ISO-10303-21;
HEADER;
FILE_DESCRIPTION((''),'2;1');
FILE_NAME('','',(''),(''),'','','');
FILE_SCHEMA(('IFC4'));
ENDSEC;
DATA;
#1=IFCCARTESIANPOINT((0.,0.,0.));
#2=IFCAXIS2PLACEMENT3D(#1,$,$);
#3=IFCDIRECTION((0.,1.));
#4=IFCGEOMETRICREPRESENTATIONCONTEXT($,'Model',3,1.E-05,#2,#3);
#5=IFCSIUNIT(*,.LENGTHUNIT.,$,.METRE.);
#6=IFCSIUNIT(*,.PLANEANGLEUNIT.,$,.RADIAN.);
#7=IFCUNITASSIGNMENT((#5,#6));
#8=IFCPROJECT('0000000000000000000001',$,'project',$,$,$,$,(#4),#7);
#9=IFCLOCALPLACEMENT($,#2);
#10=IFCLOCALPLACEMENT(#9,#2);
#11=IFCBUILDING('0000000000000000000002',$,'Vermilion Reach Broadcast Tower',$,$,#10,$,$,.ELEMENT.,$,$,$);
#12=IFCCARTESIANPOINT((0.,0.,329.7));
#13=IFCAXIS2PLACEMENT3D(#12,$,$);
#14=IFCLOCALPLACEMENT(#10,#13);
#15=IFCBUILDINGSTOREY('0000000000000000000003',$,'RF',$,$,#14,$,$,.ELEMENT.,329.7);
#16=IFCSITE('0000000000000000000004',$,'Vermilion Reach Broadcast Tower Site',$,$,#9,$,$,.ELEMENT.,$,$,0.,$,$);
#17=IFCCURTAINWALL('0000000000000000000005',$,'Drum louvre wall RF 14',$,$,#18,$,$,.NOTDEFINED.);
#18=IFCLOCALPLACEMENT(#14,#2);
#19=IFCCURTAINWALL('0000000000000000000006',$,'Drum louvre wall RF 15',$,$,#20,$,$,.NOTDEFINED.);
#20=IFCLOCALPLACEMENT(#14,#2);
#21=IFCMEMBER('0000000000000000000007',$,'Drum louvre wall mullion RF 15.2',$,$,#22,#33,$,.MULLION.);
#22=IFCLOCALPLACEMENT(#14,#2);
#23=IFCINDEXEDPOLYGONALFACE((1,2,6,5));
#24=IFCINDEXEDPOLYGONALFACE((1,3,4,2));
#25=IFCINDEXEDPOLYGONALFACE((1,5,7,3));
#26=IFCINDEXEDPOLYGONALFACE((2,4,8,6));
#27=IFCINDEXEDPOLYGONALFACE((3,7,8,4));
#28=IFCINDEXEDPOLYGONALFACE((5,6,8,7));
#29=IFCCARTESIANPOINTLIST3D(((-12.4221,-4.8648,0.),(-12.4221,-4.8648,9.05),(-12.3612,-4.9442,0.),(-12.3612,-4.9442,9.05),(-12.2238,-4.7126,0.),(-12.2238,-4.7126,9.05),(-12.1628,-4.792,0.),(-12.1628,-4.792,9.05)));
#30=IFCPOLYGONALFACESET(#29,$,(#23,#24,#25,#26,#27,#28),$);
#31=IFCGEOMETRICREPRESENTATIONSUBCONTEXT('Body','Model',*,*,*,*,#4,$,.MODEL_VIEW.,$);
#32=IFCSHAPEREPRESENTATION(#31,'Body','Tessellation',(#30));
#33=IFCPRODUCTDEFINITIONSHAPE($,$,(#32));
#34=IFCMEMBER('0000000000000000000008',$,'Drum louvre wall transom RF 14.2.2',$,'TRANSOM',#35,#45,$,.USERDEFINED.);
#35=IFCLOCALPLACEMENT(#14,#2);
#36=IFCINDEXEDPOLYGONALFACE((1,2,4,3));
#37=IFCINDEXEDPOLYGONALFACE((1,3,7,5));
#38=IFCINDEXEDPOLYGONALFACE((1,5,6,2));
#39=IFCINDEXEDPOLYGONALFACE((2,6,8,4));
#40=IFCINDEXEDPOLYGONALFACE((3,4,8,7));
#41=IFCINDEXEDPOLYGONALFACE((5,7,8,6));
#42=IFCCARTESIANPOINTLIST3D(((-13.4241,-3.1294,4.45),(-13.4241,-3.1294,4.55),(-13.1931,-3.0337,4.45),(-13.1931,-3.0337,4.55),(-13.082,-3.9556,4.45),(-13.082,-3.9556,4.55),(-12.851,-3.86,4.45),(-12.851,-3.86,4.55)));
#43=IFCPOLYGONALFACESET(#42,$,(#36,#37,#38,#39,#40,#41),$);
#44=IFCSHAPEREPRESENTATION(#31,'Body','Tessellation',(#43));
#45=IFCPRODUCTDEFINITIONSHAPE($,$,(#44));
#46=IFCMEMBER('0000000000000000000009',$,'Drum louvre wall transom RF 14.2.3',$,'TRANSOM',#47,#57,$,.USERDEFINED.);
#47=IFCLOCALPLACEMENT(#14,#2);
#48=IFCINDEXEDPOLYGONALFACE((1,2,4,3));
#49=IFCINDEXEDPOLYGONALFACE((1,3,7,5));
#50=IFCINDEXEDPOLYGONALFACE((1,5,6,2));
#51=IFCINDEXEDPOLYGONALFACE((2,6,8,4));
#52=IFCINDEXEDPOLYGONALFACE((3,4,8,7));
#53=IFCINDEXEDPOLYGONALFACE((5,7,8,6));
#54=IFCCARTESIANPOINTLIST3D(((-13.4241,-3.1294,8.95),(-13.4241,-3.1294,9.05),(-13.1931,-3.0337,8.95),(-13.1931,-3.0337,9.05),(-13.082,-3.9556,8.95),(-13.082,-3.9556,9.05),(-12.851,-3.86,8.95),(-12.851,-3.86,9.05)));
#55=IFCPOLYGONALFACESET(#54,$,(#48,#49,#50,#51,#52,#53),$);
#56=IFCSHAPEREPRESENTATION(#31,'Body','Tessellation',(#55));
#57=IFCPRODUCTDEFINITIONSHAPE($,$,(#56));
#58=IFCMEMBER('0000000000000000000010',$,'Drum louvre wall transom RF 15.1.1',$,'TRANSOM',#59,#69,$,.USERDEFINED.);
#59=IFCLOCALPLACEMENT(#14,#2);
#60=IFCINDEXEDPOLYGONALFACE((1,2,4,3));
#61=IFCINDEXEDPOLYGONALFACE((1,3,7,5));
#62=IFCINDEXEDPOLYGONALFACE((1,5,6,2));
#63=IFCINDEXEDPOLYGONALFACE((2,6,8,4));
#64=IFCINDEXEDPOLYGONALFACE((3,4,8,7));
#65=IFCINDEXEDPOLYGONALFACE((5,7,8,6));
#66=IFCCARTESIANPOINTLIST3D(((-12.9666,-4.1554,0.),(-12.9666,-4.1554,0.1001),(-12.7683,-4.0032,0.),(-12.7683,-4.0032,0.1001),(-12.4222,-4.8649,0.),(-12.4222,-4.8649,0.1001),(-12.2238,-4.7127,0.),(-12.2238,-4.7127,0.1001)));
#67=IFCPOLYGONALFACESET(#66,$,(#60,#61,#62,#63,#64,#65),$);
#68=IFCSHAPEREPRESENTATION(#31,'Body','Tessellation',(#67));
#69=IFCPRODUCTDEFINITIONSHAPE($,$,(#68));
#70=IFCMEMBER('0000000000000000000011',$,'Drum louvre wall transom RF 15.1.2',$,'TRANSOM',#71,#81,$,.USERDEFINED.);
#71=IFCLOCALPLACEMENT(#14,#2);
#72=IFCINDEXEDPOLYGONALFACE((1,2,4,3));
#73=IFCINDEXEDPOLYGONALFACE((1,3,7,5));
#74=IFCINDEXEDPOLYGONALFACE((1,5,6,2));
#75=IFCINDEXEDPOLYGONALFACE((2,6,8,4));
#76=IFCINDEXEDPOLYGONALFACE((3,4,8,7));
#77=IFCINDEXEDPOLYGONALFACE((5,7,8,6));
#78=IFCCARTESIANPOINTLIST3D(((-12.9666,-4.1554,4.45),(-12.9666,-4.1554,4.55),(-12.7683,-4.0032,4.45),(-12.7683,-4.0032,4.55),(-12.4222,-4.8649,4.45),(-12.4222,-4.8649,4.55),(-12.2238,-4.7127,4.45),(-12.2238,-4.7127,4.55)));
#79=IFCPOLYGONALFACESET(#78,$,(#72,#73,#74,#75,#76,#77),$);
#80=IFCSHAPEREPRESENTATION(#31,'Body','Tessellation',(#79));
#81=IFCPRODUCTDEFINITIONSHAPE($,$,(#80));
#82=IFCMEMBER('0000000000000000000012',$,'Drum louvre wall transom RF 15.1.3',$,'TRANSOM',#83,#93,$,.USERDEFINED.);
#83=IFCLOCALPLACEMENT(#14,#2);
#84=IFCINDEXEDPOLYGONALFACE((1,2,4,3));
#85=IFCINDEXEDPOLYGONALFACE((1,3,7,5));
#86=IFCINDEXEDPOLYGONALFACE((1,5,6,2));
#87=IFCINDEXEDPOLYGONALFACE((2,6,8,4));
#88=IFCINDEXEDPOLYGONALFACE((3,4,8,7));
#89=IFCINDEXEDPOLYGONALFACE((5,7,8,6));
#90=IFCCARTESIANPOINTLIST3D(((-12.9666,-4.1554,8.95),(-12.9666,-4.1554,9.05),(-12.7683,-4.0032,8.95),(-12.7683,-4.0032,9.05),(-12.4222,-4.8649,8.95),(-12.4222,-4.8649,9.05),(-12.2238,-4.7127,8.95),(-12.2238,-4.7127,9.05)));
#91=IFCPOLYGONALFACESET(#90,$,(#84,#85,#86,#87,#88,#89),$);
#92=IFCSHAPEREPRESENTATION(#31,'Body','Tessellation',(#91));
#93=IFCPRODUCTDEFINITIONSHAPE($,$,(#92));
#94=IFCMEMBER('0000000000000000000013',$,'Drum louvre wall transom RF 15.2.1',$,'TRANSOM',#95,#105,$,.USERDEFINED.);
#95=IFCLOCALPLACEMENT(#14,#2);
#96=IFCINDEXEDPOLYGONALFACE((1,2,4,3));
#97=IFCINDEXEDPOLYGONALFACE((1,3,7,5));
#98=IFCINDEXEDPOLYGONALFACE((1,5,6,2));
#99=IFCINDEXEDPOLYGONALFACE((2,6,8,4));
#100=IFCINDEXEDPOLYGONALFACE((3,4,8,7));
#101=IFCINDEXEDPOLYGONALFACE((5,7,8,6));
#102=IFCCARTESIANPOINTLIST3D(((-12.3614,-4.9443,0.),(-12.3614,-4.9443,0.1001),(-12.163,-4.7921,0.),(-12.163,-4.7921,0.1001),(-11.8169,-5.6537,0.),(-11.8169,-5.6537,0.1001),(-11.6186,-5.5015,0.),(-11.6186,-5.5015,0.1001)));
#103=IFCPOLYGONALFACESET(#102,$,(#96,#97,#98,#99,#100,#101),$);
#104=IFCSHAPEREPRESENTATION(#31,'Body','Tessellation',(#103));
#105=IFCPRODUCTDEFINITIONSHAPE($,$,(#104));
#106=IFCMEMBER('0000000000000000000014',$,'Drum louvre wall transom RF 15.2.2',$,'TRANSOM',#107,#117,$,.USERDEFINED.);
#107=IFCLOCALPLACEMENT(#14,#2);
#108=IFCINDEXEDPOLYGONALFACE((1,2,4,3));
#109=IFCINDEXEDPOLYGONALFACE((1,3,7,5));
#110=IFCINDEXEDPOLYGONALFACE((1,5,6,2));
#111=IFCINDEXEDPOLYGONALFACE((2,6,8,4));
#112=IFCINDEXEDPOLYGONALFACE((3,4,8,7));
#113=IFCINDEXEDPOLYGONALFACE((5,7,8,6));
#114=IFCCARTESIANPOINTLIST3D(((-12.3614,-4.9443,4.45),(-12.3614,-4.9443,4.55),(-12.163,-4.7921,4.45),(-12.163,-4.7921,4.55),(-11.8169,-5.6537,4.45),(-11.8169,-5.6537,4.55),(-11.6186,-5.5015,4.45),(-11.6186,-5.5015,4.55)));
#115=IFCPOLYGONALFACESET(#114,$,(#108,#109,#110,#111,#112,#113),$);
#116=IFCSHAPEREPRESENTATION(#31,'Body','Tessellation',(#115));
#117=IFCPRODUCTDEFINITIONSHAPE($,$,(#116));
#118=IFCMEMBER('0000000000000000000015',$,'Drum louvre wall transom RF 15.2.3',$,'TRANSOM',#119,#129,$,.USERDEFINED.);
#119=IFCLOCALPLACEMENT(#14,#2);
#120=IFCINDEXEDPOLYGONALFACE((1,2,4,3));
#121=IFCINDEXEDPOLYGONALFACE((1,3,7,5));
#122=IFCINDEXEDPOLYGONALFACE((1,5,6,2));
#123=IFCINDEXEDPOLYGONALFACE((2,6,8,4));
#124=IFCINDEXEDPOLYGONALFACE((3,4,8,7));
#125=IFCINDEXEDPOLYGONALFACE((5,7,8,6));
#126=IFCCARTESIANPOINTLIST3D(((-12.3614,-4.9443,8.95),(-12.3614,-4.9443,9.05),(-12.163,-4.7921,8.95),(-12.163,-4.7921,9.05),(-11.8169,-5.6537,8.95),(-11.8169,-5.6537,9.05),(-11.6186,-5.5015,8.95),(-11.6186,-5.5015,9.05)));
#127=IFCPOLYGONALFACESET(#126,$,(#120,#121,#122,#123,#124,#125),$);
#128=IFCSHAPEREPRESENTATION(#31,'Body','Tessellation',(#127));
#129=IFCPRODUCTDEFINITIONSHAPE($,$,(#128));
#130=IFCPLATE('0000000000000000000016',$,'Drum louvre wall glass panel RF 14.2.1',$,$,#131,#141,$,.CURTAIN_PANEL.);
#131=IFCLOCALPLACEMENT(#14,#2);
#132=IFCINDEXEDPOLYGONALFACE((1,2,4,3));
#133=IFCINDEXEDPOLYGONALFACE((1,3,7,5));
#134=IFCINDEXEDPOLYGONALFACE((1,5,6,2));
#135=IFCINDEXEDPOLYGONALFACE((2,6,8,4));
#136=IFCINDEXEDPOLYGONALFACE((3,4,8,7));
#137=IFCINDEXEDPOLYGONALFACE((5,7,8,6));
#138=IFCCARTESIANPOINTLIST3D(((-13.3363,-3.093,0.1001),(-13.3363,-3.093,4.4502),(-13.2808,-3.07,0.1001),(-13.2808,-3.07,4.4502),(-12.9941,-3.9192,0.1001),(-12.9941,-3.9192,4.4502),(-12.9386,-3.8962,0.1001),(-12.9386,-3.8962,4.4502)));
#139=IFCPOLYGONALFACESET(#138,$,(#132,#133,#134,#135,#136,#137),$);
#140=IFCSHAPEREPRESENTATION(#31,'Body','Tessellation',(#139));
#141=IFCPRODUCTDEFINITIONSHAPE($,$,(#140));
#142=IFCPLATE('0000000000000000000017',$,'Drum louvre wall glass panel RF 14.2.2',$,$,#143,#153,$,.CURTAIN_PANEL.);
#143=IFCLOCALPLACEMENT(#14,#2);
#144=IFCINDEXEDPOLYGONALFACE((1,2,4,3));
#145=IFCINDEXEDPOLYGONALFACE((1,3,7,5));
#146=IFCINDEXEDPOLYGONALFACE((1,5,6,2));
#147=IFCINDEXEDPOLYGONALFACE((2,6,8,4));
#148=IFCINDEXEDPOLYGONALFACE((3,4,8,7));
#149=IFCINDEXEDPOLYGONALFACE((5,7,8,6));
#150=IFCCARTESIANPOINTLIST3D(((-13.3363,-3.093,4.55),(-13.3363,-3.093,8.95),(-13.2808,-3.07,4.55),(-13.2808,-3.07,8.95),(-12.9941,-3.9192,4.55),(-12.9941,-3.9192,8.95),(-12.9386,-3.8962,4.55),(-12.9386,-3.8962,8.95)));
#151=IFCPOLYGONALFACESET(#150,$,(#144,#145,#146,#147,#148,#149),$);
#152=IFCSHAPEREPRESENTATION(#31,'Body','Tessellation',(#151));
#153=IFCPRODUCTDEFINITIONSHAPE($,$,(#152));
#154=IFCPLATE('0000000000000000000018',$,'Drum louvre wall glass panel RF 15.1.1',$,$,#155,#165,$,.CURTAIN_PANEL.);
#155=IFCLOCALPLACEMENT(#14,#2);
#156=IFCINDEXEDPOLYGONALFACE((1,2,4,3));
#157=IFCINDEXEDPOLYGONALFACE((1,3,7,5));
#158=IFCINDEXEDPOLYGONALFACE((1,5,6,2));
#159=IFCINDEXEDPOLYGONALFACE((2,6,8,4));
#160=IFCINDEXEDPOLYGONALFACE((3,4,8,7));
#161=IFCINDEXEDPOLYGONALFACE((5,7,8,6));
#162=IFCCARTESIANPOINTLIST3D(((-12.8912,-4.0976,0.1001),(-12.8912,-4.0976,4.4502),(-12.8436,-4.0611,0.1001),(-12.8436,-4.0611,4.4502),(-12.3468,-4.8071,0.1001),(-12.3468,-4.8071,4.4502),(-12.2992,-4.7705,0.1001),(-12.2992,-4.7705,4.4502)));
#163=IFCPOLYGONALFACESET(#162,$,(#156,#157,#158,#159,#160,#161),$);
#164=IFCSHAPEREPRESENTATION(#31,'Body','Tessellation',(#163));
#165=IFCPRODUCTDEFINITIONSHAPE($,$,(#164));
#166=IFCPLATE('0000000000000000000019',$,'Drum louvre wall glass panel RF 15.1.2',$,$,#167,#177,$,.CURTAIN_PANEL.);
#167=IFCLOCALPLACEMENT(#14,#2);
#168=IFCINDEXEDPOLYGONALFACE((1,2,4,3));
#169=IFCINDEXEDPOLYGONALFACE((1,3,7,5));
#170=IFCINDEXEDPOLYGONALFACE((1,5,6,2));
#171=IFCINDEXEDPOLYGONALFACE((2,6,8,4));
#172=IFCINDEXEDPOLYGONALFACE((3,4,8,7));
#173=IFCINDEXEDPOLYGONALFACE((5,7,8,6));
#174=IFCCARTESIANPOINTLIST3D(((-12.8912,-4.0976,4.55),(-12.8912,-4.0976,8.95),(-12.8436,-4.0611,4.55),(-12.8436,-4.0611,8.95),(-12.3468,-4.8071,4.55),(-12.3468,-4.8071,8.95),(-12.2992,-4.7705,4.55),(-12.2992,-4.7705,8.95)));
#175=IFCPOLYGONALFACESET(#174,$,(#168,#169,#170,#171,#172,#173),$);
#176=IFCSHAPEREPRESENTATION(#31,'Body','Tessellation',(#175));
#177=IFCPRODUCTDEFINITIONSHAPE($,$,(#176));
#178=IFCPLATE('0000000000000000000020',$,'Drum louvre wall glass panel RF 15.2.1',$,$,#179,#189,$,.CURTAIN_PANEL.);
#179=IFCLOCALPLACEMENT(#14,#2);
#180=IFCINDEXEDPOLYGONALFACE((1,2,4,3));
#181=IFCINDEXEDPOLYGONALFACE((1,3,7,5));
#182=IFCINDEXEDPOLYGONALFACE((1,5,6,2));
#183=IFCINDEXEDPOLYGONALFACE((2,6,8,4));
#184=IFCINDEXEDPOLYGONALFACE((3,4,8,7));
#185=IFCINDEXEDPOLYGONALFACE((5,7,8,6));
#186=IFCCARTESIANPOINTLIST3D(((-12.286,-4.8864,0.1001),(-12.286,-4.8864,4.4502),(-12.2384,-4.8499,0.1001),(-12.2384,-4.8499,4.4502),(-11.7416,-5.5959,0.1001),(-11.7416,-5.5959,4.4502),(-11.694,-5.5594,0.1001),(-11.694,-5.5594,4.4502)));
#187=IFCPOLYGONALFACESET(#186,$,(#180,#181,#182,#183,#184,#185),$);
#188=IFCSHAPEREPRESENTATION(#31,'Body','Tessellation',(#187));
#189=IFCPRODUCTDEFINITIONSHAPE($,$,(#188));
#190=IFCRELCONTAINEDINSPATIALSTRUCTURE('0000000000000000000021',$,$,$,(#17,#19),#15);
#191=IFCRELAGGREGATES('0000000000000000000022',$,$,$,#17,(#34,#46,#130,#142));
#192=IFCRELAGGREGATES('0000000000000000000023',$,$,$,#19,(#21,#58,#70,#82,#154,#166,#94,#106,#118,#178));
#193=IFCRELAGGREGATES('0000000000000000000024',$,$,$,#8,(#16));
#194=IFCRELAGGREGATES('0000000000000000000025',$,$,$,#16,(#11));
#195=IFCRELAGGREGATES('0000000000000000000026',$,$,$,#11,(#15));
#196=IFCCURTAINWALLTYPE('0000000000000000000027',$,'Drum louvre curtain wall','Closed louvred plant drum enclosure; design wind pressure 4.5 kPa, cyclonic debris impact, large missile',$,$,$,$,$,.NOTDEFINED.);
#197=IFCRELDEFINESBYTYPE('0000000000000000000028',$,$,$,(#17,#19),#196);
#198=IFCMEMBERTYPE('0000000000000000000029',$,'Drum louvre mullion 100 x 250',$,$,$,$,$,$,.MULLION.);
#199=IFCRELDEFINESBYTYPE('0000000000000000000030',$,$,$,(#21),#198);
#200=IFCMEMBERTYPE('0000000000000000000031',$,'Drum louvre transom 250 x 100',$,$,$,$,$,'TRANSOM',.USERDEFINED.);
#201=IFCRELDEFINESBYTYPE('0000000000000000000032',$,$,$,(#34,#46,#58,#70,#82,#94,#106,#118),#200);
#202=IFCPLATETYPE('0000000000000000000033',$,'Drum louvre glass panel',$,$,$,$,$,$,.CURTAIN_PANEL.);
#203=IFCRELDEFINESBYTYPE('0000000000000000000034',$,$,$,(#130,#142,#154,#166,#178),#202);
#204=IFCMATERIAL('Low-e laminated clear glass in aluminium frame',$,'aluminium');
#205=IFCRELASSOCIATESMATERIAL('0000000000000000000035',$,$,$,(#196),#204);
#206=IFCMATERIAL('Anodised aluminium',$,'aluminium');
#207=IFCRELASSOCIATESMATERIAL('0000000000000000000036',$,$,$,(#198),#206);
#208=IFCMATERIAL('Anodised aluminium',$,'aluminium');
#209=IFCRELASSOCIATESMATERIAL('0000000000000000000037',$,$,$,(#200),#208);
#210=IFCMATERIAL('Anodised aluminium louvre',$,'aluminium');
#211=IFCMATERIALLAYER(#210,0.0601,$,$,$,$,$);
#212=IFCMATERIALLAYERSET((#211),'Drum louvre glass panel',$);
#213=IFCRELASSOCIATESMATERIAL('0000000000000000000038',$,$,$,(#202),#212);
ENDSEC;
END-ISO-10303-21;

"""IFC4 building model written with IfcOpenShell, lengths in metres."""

from ifc_helpers import new_model, si_unit, direction, frame, origin, origin_2d, place, context, subcontext, project, spatial, rectangle, extrude, material, layer, layer_set, material_profile, profile_set, type_object, element, aggregate, save


model = new_model("IFC4")

# Units and contexts
model_context = context("Model", 3, precision=1e-05, world=origin(), true_north=direction((0.0, 1.0)))
body_context = subcontext(model_context, "Body", "Model", "MODEL_VIEW")
ifc_project = project(units=[si_unit("LENGTHUNIT", "METRE"), si_unit("PLANEANGLEUNIT", "RADIAN")], contexts=[model_context])

# Site, building, storey
site_placement = place(None, origin())
site = spatial("IfcSite", under=ifc_project, at=site_placement, Name="Vermilion Reach Broadcast Tower Site", CompositionType="ELEMENT", RefElevation=0.0)
building_placement = place(site_placement, origin())
building = spatial("IfcBuilding", under=site, at=building_placement, Name="Vermilion Reach Broadcast Tower", CompositionType="ELEMENT")
storey_placement = place(building_placement, frame((0.0, 0.0, 329.7)))
storey = spatial("IfcBuildingStorey", under=building, at=storey_placement, Name="RF", CompositionType="ELEMENT", Elevation=329.7)

# Curtain wall
ifc_material_1 = material(Name="Low-e laminated clear glass in aluminium frame", Category="aluminium")
curtain_wall_type = type_object("IfcCurtainWallType", Name="Drum louvre curtain wall", Description="Closed louvred plant drum enclosure; design wind pressure 4.5 kPa, cyclonic debris impact, large missile", PredefinedType="NOTDEFINED", material=ifc_material_1)
placement = place(storey_placement, origin())
curtain_wall_1 = element("IfcCurtainWall", 1, at=placement, inside=storey, type_object=curtain_wall_type, Name="Drum louvre wall RF 14", PredefinedType="NOTDEFINED")
ifc_material_2 = material(Name="Anodised aluminium", Category="aluminium")
ifc_material_profile_1 = material_profile(ifc_material_2, rectangle(XDim=0.25, YDim=0.1001, at=origin_2d()), Name="Drum louvre mullion 100 x 250")
ifc_profile_set_1 = profile_set([ifc_material_profile_1], Name="Anodised aluminium")
member_type_1 = type_object("IfcMemberType", Name="Drum louvre mullion 100 x 250", PredefinedType="MULLION", material=ifc_profile_set_1)

# Curtain wall, member
curtain_wall_2 = element("IfcCurtainWall", 2, at=placement, inside=storey, type_object=curtain_wall_type, Name="Drum louvre wall RF 15", PredefinedType="NOTDEFINED")
member_1_placement = place(storey_placement, frame((-12.2925, -4.8284, 0.0), z_axis=(0.0, 0.0, 1.0), x_axis=(0.793353, 0.608761, 0.0)))
member_1 = element("IfcMember", 3, at=member_1_placement, type_object=member_type_1, Name="Drum louvre wall mullion RF 15.2", PredefinedType="MULLION", context=body_context, shape_type="SweptSolid", body=[
    extrude(rectangle(XDim=0.25, YDim=0.1001, at=origin_2d()), origin(), (0.0, 0.0, 1.0), 9.05),
])

# Members
ifc_material_3 = material(Name="Anodised aluminium", Category="aluminium")
ifc_material_profile_2 = material_profile(ifc_material_3, rectangle(XDim=0.25, YDim=0.1001, at=origin_2d()), Name="Drum louvre transom 250 x 100")
ifc_profile_set_2 = profile_set([ifc_material_profile_2], Name="Anodised aluminium")
member_type_2 = type_object("IfcMemberType", Name="Drum louvre transom 250 x 100", ElementType="TRANSOM", PredefinedType="USERDEFINED", material=ifc_profile_set_2)
member_2_placement = place(storey_placement, frame((-13.3086, -3.0815, 4.5), z_axis=(0.382521, -0.923947, 0.0), x_axis=(0.923947, 0.382521, 0.0)))
member_2 = element("IfcMember", 4, at=member_2_placement, type_object=member_type_2, Name="Drum louvre wall transom RF 14.2.2", ObjectType="TRANSOM", PredefinedType="USERDEFINED", context=body_context, shape_type="SweptSolid", body=[
    extrude(rectangle(XDim=0.25, YDim=0.1001, at=origin_2d()), origin(), (0.0, 0.0, 1.0), 0.8943),
])
member_3_placement = place(storey_placement, frame((-13.3086, -3.0815, 9.0), z_axis=(0.382521, -0.923947, 0.0), x_axis=(0.923947, 0.382521, 0.0)))
member_3 = element("IfcMember", 5, at=member_3_placement, type_object=member_type_2, Name="Drum louvre wall transom RF 14.2.3", ObjectType="TRANSOM", PredefinedType="USERDEFINED", context=body_context, shape_type="SweptSolid", body=[
    extrude(rectangle(XDim=0.25, YDim=0.1001, at=origin_2d()), origin(), (0.0, 0.0, 1.0), 0.8943),
])
member_4_placement = place(storey_placement, frame((-12.8674, -4.0793, 0.05), z_axis=(0.608787, -0.793334, 0.0), x_axis=(0.793334, 0.608787, 0.0)))
member_4 = element("IfcMember", 6, at=member_4_placement, type_object=member_type_2, Name="Drum louvre wall transom RF 15.1.1", ObjectType="TRANSOM", PredefinedType="USERDEFINED", context=body_context, shape_type="SweptSolid", body=[
    extrude(rectangle(XDim=0.25, YDim=0.1001, at=origin_2d()), origin(), (0.0, 0.0, 1.0), 0.8943),
])
member_5_placement = place(storey_placement, frame((-12.8674, -4.0793, 4.5), z_axis=(0.608787, -0.793334, 0.0), x_axis=(0.793334, 0.608787, 0.0)))
member_5 = element("IfcMember", 7, at=member_5_placement, type_object=member_type_2, Name="Drum louvre wall transom RF 15.1.2", ObjectType="TRANSOM", PredefinedType="USERDEFINED", context=body_context, shape_type="SweptSolid", body=[
    extrude(rectangle(XDim=0.25, YDim=0.1001, at=origin_2d()), origin(), (0.0, 0.0, 1.0), 0.8943),
])
member_6_placement = place(storey_placement, frame((-12.8674, -4.0793, 9.0), z_axis=(0.608787, -0.793334, 0.0), x_axis=(0.793334, 0.608787, 0.0)))
member_6 = element("IfcMember", 8, at=member_6_placement, type_object=member_type_2, Name="Drum louvre wall transom RF 15.1.3", ObjectType="TRANSOM", PredefinedType="USERDEFINED", context=body_context, shape_type="SweptSolid", body=[
    extrude(rectangle(XDim=0.25, YDim=0.1001, at=origin_2d()), origin(), (0.0, 0.0, 1.0), 0.8943),
])
member_7_placement = place(storey_placement, frame((-12.2622, -4.8682, 0.05), z_axis=(0.608787, -0.793334, 0.0), x_axis=(0.793334, 0.608787, 0.0)))
member_7 = element("IfcMember", 9, at=member_7_placement, type_object=member_type_2, Name="Drum louvre wall transom RF 15.2.1", ObjectType="TRANSOM", PredefinedType="USERDEFINED", context=body_context, shape_type="SweptSolid", body=[
    extrude(rectangle(XDim=0.25, YDim=0.1001, at=origin_2d()), origin(), (0.0, 0.0, 1.0), 0.8943),
])
member_8_placement = place(storey_placement, frame((-12.2622, -4.8682, 4.5), z_axis=(0.608787, -0.793334, 0.0), x_axis=(0.793334, 0.608787, 0.0)))
member_8 = element("IfcMember", 10, at=member_8_placement, type_object=member_type_2, Name="Drum louvre wall transom RF 15.2.2", ObjectType="TRANSOM", PredefinedType="USERDEFINED", context=body_context, shape_type="SweptSolid", body=[
    extrude(rectangle(XDim=0.25, YDim=0.1001, at=origin_2d()), origin(), (0.0, 0.0, 1.0), 0.8943),
])
member_9_placement = place(storey_placement, frame((-12.2622, -4.8682, 9.0), z_axis=(0.608787, -0.793334, 0.0), x_axis=(0.793334, 0.608787, 0.0)))
member_9 = element("IfcMember", 11, at=member_9_placement, type_object=member_type_2, Name="Drum louvre wall transom RF 15.2.3", ObjectType="TRANSOM", PredefinedType="USERDEFINED", context=body_context, shape_type="SweptSolid", body=[
    extrude(rectangle(XDim=0.25, YDim=0.1001, at=origin_2d()), origin(), (0.0, 0.0, 1.0), 0.8943),
])

# Plates
ifc_material_4 = material(Name="Anodised aluminium louvre", Category="aluminium")
ifc_layer = layer(ifc_material_4, 0.0601)
ifc_layer_set = layer_set([ifc_layer], Name="Drum louvre glass panel")
plate_type = type_object("IfcPlateType", Name="Drum louvre glass panel", PredefinedType="CURTAIN_PANEL", material=ifc_layer_set)
plate_1_placement = place(storey_placement, frame((-13.1375, -3.4946, 0.1001), z_axis=(0.0, 0.0, 1.0), x_axis=(0.382683, -0.92388, 0.0)))
plate_1 = element("IfcPlate", 12, at=plate_1_placement, type_object=plate_type, Name="Drum louvre wall glass panel RF 14.2.1", PredefinedType="CURTAIN_PANEL", context=body_context, shape_type="SweptSolid", body=[
    extrude(rectangle(XDim=0.8943, YDim=0.0601, at=origin_2d()), origin(), (0.0, 0.0, 1.0), 4.3501),
])
plate_2_placement = place(storey_placement, frame((-13.1375, -3.4946, 4.55), z_axis=(0.0, 0.0, 1.0), x_axis=(0.382683, -0.92388, 0.0)))
plate_2 = element("IfcPlate", 13, at=plate_2_placement, type_object=plate_type, Name="Drum louvre wall glass panel RF 14.2.2", PredefinedType="CURTAIN_PANEL", context=body_context, shape_type="SweptSolid", body=[
    extrude(rectangle(XDim=0.8943, YDim=0.0601, at=origin_2d()), origin(), (0.0, 0.0, 1.0), 4.3999),
])
aggregate(curtain_wall_1, [member_2, member_3, plate_1, plate_2])
plate_3_placement = place(storey_placement, frame((-12.5952, -4.4341, 0.1001), z_axis=(0.0, 0.0, 1.0), x_axis=(0.608761, -0.793353, 0.0)))
plate_3 = element("IfcPlate", 14, at=plate_3_placement, type_object=plate_type, Name="Drum louvre wall glass panel RF 15.1.1", PredefinedType="CURTAIN_PANEL", context=body_context, shape_type="SweptSolid", body=[
    extrude(rectangle(XDim=0.8943, YDim=0.0601, at=origin_2d()), origin(), (0.0, 0.0, 1.0), 4.3501),
])
plate_4_placement = place(storey_placement, frame((-12.5952, -4.4341, 4.55), z_axis=(0.0, 0.0, 1.0), x_axis=(0.608761, -0.793353, 0.0)))
plate_4 = element("IfcPlate", 15, at=plate_4_placement, type_object=plate_type, Name="Drum louvre wall glass panel RF 15.1.2", PredefinedType="CURTAIN_PANEL", context=body_context, shape_type="SweptSolid", body=[
    extrude(rectangle(XDim=0.8943, YDim=0.0601, at=origin_2d()), origin(), (0.0, 0.0, 1.0), 4.3999),
])
plate_5_placement = place(storey_placement, frame((-11.99, -5.2229, 0.1001), z_axis=(0.0, 0.0, 1.0), x_axis=(0.608761, -0.793353, 0.0)))
plate_5 = element("IfcPlate", 16, at=plate_5_placement, type_object=plate_type, Name="Drum louvre wall glass panel RF 15.2.1", PredefinedType="CURTAIN_PANEL", context=body_context, shape_type="SweptSolid", body=[
    extrude(rectangle(XDim=0.8943, YDim=0.0601, at=origin_2d()), origin(), (0.0, 0.0, 1.0), 4.3501),
])
aggregate(curtain_wall_2, [member_1, member_4, member_5, member_6, plate_3, plate_4, member_7, member_8, member_9, plate_5])

save(model, "model.ifc")
